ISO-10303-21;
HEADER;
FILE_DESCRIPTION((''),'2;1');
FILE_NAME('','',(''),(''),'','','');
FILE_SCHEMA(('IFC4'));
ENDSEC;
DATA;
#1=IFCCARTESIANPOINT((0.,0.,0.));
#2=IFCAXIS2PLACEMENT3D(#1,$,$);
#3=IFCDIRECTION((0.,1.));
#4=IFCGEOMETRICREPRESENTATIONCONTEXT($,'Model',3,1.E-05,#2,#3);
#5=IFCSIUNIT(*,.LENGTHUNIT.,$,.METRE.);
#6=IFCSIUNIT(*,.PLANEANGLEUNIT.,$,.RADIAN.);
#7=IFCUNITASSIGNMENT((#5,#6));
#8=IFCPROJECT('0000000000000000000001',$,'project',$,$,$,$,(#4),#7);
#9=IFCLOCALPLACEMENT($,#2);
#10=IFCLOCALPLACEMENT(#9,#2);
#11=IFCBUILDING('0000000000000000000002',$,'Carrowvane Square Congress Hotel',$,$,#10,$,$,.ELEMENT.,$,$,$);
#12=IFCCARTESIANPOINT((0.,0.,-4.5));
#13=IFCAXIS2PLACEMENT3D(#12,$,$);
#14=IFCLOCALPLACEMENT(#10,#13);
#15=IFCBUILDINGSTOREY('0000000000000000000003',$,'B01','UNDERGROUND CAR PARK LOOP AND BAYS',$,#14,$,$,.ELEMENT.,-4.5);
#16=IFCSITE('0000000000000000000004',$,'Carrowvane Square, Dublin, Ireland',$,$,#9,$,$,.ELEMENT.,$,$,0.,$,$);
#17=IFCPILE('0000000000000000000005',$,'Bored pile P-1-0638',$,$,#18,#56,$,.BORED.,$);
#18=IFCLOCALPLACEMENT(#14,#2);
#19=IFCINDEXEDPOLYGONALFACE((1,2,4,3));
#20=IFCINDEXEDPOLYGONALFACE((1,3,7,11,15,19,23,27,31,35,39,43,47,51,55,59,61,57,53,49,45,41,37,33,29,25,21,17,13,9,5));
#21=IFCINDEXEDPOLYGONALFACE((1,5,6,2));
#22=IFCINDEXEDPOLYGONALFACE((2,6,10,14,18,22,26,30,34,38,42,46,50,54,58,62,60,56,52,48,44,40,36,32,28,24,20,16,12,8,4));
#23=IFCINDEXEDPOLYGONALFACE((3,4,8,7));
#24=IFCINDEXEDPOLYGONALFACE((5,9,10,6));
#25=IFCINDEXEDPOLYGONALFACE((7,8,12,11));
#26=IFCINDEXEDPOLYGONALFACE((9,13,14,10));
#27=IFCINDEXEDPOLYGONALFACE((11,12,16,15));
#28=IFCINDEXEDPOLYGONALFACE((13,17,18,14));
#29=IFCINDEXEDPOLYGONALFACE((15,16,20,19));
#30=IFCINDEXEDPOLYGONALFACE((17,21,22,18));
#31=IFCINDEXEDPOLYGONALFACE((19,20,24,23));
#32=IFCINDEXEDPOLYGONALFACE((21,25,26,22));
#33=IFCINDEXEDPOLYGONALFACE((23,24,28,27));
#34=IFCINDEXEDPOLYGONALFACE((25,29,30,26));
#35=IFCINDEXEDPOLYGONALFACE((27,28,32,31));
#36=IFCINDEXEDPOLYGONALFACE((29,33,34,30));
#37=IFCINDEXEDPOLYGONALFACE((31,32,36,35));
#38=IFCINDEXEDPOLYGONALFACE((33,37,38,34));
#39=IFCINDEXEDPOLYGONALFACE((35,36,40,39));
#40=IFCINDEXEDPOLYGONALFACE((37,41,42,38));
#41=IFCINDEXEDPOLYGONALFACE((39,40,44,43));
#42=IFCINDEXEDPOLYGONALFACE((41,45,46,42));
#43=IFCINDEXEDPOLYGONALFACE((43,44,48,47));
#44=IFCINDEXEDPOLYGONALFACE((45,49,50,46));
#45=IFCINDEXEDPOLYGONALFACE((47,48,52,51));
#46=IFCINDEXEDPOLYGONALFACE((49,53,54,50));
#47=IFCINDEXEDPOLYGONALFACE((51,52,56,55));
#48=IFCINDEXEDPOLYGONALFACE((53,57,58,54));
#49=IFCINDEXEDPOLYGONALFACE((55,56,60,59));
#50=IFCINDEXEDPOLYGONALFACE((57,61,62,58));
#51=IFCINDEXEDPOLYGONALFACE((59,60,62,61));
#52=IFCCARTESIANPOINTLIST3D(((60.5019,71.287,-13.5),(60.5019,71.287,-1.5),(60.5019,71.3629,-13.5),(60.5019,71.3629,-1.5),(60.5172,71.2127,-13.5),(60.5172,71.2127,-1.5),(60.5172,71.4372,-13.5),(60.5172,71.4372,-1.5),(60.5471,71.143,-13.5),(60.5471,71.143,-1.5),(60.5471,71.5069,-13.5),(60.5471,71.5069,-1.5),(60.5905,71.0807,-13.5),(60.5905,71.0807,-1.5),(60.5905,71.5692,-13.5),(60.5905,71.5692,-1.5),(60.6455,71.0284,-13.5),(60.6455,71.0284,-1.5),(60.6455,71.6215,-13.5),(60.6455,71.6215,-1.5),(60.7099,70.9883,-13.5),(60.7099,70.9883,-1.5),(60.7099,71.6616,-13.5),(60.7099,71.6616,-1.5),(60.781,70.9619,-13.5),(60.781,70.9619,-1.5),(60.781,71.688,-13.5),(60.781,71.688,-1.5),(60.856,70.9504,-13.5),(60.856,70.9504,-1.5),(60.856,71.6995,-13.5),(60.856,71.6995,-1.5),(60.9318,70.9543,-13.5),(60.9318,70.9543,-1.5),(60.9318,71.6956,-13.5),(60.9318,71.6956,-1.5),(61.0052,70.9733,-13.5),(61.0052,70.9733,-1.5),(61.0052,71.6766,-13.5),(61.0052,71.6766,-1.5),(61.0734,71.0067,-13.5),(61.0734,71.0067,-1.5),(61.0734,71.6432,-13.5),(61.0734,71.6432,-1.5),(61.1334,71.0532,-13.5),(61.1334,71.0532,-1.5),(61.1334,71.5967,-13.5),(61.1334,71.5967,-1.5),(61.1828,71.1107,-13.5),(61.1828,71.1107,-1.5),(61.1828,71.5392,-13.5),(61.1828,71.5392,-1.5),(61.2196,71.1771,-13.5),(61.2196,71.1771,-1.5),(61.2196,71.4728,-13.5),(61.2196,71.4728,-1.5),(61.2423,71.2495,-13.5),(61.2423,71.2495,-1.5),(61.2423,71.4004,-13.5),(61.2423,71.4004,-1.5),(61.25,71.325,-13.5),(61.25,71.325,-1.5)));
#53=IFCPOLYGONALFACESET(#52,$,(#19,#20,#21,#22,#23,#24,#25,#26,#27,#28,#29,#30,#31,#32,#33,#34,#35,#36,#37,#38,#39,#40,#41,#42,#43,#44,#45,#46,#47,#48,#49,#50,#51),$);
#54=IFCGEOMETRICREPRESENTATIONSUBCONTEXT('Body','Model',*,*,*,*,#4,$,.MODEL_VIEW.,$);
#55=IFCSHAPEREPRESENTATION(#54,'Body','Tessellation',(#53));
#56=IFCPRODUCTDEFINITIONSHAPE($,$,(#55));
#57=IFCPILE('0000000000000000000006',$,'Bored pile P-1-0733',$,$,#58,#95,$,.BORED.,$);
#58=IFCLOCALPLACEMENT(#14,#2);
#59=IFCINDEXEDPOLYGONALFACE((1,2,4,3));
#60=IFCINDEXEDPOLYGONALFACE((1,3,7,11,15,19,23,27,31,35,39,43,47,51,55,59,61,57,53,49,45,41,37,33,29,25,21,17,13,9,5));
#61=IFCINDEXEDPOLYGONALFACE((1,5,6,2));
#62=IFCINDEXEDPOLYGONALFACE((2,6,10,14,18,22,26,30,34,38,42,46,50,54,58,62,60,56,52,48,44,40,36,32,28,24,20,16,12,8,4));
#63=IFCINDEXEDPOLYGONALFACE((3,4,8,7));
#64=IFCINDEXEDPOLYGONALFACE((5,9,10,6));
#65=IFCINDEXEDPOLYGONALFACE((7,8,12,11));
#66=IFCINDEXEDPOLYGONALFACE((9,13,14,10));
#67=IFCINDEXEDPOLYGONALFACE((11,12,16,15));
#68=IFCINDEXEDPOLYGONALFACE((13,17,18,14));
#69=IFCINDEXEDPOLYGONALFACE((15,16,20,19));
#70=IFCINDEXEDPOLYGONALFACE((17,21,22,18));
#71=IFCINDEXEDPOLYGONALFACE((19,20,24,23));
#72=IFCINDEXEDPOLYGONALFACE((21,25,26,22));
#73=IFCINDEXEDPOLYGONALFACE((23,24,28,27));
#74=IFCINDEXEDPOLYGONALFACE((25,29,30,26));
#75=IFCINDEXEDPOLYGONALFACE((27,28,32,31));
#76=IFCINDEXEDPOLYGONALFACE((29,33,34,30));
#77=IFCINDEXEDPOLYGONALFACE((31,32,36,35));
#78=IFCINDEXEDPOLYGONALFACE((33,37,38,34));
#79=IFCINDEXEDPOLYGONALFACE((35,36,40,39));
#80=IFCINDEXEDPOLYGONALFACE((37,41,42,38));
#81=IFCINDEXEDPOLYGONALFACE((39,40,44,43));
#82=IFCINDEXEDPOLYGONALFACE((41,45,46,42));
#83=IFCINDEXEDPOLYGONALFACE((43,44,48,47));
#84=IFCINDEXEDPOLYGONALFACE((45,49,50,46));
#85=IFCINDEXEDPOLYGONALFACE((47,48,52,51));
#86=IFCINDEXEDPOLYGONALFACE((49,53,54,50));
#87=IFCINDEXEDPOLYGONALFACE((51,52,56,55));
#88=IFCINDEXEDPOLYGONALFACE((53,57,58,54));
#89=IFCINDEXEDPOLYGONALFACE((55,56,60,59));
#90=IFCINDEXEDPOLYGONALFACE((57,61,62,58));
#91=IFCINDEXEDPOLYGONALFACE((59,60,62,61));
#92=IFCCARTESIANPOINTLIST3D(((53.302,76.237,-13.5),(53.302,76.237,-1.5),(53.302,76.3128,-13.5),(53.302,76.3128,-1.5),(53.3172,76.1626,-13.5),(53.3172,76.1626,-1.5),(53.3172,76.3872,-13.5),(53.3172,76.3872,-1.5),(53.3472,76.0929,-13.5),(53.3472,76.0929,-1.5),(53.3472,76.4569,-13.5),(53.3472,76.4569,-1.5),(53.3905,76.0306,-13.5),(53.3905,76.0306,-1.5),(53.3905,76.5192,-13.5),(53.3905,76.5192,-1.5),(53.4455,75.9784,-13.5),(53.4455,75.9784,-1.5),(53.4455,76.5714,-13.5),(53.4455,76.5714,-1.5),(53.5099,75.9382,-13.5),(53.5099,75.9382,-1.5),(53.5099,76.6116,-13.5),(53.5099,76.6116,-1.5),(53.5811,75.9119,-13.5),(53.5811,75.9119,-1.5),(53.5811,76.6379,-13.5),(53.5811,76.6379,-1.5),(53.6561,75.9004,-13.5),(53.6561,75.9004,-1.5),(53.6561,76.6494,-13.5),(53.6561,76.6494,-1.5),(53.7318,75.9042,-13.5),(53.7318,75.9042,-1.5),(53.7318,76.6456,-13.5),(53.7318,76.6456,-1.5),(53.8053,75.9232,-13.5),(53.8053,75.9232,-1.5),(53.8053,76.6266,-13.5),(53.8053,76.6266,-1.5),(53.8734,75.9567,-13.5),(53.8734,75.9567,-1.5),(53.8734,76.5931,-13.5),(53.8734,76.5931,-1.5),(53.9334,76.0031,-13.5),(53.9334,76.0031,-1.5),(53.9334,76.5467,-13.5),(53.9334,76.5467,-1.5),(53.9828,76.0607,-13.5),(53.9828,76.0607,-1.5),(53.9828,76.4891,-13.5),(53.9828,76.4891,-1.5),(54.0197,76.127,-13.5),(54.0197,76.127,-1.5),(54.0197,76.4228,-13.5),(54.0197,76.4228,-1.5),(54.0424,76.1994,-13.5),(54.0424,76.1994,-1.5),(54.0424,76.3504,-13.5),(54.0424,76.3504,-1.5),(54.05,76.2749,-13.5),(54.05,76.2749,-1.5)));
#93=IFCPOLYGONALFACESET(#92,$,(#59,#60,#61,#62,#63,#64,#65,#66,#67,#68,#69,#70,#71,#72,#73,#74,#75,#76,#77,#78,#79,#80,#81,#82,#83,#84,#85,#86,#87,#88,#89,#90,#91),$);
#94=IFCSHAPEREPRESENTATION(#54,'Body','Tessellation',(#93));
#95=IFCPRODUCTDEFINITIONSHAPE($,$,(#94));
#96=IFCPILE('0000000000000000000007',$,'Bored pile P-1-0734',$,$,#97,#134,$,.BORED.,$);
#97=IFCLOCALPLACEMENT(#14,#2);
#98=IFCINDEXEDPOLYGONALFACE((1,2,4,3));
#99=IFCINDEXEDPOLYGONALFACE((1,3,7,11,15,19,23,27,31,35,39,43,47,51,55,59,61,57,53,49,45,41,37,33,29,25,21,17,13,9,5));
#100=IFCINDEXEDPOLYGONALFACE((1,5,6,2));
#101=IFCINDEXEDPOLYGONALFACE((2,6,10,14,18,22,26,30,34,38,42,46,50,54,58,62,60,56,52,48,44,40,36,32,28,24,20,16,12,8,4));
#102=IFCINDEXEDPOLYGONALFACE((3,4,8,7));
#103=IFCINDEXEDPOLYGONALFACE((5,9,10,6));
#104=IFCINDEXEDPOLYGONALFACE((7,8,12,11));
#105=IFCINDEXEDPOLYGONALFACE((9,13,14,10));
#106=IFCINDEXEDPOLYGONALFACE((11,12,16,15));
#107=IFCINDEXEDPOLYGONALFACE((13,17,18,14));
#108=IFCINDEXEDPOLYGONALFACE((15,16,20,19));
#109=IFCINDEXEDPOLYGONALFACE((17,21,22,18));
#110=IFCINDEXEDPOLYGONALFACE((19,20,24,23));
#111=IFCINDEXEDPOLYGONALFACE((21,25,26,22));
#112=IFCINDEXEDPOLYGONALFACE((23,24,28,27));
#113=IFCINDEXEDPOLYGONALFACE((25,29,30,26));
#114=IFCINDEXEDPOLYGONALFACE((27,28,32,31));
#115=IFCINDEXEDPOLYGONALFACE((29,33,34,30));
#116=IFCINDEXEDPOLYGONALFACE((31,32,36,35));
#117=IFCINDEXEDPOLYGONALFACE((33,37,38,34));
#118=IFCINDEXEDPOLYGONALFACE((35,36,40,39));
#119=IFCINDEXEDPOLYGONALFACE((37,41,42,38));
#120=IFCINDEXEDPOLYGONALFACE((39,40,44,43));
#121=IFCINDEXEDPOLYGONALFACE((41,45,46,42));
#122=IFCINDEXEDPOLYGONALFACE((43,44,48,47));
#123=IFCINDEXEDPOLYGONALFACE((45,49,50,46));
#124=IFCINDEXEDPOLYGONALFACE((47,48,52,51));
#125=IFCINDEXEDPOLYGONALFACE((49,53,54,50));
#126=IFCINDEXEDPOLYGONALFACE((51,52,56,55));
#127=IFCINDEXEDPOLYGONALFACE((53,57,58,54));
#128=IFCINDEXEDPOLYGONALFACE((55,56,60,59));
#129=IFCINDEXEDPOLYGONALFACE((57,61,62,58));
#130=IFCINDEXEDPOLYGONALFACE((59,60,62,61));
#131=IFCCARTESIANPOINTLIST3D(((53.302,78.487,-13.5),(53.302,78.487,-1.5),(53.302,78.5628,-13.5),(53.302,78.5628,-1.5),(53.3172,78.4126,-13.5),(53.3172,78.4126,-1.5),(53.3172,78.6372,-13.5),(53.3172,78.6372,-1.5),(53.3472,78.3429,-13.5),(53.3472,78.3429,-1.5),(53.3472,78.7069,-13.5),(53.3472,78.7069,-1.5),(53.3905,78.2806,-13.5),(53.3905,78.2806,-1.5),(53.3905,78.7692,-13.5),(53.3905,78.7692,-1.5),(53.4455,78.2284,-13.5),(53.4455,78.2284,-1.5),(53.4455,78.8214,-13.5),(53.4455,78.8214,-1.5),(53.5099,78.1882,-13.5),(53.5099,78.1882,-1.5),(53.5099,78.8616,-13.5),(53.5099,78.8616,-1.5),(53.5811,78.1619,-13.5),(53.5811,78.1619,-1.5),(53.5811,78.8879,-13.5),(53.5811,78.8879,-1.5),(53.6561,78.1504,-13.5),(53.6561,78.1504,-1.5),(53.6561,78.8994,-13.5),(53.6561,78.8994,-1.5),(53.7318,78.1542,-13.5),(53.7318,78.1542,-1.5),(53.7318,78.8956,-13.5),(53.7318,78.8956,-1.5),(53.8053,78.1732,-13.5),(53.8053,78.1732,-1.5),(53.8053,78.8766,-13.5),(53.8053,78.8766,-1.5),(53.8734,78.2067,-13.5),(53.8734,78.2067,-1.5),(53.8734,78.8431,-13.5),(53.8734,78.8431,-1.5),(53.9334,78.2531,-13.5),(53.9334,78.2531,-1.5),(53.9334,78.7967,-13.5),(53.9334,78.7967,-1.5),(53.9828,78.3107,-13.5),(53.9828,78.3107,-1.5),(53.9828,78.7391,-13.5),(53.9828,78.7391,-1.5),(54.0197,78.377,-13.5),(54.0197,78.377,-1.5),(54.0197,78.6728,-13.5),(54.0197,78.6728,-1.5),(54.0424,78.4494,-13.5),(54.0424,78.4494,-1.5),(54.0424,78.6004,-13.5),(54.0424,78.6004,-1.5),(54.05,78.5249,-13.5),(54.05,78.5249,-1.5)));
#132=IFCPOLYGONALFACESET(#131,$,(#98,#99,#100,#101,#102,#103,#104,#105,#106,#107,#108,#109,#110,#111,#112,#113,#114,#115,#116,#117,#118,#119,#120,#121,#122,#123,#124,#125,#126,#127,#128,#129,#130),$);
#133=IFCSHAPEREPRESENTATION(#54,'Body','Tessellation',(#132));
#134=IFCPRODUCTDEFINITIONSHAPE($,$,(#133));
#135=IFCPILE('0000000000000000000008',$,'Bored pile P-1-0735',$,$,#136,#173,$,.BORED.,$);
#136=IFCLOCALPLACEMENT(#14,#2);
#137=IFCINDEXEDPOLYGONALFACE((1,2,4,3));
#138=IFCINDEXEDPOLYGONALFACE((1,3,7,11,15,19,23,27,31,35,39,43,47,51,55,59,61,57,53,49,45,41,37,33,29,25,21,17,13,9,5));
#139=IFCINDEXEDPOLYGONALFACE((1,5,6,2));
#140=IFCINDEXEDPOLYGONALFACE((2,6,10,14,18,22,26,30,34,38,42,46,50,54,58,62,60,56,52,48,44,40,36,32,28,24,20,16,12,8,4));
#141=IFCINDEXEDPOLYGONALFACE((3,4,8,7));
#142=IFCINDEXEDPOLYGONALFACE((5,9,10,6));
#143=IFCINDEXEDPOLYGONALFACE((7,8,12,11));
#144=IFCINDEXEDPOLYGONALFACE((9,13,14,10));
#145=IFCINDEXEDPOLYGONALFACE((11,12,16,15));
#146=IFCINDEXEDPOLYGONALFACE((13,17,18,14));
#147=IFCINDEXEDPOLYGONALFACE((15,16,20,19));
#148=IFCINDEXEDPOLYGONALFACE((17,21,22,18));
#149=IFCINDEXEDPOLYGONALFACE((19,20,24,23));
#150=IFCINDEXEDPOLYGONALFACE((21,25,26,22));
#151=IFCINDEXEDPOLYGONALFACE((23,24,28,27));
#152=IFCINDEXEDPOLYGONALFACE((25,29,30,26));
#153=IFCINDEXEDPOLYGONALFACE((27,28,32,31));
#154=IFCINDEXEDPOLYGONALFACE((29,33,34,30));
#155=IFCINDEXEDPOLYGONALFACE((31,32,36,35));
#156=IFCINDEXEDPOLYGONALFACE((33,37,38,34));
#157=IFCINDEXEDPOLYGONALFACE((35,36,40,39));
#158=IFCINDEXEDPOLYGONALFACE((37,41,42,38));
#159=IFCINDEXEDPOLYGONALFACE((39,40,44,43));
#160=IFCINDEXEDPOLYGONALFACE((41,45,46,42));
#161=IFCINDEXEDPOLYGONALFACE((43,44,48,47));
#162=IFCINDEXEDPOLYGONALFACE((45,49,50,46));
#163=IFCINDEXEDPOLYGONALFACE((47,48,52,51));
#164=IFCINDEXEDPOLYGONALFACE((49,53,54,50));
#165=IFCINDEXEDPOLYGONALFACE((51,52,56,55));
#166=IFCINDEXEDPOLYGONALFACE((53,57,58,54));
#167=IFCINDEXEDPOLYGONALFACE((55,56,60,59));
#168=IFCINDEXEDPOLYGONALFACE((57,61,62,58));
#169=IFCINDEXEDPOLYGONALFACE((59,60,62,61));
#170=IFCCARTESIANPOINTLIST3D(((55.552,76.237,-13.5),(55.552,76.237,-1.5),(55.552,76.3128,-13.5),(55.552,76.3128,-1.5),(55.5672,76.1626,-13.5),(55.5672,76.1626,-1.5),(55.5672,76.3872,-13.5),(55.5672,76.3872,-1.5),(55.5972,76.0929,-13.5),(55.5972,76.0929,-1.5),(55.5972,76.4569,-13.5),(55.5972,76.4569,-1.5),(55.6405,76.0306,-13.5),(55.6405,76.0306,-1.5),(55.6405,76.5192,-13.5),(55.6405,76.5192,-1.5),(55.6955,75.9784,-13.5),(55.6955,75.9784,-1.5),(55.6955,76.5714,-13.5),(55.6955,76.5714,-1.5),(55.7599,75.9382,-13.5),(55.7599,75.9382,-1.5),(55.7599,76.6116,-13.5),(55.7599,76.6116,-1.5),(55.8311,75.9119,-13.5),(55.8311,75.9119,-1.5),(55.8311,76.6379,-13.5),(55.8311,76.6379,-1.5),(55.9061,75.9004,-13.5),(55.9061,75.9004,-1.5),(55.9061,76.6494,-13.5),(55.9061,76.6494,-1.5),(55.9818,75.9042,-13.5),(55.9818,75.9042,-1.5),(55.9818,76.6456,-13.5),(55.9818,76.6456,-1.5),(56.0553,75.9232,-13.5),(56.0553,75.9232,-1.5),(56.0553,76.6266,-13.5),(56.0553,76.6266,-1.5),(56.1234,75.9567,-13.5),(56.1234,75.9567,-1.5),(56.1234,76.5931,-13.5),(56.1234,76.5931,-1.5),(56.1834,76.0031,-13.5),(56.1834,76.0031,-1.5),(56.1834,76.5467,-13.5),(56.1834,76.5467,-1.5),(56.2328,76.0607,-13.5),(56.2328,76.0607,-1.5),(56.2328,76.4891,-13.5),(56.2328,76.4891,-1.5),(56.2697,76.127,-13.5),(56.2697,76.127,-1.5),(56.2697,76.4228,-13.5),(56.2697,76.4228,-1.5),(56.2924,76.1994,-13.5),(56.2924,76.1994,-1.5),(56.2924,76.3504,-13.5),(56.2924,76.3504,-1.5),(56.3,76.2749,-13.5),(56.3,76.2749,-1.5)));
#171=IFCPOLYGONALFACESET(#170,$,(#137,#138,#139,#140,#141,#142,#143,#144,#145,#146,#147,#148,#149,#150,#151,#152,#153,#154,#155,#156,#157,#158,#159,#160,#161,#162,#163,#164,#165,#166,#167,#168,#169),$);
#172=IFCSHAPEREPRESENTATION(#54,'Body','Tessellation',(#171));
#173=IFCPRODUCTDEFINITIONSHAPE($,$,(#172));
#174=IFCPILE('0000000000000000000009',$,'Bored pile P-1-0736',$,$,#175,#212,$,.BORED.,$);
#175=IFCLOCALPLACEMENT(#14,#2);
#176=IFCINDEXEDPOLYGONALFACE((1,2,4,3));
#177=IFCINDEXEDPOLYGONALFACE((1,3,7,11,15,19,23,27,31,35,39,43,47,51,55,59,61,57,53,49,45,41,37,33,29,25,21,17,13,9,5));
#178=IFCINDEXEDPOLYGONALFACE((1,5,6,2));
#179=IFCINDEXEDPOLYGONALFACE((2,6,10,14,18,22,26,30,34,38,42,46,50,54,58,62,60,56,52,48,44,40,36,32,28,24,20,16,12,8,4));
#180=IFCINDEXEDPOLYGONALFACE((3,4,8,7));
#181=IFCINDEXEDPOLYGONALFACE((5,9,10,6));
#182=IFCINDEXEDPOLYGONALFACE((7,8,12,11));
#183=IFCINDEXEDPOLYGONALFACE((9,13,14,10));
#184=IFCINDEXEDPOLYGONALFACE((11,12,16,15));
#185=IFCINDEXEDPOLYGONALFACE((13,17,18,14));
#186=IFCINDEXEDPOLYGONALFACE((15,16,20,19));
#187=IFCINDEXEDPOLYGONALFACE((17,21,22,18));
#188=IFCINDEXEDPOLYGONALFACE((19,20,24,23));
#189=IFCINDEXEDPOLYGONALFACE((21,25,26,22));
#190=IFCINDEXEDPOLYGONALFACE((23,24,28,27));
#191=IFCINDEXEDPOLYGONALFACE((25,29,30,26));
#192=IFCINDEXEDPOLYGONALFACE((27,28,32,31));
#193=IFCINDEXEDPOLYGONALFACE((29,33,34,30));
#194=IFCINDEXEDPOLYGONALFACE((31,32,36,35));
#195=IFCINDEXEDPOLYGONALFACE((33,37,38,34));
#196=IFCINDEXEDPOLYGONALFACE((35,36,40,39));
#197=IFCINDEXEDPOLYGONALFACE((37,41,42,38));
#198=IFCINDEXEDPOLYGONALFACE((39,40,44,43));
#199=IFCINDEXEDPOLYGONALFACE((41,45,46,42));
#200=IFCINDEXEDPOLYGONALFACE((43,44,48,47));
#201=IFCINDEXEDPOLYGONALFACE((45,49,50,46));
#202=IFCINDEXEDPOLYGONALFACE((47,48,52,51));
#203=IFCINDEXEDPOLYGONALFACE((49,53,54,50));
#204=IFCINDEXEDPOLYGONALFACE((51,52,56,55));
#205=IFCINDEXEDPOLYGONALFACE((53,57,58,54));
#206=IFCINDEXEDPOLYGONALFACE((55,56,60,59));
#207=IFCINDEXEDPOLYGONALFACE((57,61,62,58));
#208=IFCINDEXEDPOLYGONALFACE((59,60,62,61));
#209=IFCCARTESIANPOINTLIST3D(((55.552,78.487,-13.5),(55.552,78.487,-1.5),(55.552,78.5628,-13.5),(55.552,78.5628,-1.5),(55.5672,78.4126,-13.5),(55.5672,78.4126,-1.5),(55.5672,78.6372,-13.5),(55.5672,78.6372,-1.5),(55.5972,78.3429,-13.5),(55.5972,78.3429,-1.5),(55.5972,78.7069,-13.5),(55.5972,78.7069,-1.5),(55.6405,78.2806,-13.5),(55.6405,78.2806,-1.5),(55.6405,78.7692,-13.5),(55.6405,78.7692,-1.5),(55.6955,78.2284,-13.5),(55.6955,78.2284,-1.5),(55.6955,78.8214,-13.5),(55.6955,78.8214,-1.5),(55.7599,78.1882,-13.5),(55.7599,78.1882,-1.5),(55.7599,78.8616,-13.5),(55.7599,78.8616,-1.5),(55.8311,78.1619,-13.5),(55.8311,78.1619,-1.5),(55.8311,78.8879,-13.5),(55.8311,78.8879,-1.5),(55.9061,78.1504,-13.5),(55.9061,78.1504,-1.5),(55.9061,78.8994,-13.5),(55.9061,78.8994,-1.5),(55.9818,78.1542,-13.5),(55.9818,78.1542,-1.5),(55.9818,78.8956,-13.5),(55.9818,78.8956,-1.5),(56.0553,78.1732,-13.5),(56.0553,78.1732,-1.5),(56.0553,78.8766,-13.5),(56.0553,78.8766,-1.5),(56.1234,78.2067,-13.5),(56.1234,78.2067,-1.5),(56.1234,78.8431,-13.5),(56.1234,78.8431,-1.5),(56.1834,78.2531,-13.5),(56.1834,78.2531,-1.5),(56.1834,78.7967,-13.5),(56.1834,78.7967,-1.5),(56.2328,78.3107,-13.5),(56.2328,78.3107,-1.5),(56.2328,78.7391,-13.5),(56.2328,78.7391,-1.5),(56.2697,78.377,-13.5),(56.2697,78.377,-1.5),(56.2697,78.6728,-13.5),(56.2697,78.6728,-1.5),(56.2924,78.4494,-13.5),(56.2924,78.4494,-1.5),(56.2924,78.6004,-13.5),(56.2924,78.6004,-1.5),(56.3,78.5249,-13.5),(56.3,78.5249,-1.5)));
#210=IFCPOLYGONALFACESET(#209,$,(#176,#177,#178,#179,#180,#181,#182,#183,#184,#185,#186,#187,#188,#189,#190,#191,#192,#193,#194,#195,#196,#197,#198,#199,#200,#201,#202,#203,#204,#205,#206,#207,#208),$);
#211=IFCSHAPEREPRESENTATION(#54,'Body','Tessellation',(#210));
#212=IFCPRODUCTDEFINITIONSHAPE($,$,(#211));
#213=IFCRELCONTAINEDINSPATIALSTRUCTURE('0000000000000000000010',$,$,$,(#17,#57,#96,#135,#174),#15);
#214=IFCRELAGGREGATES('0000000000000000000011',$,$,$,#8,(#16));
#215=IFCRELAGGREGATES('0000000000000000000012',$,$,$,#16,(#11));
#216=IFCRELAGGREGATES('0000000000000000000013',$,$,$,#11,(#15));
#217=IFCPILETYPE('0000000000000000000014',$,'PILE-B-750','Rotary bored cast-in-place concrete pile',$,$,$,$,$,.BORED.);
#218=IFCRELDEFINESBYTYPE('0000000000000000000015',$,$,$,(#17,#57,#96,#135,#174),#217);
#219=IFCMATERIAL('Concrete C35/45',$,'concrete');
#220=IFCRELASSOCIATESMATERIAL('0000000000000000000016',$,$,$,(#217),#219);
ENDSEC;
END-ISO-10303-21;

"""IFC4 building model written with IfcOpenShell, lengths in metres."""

from ifc_helpers import new_model, si_unit, direction, frame, origin, origin_2d, place, context, subcontext, project, spatial, circle, extrude, material, material_profile, profile_set, type_object, element, save


model = new_model("IFC4")

# Units and contexts
model_context = context("Model", 3, precision=1e-05, world=origin(), true_north=direction((0.0, 1.0)))
body_context = subcontext(model_context, "Body", "Model", "MODEL_VIEW")
ifc_project = project(units=[si_unit("LENGTHUNIT", "METRE"), si_unit("PLANEANGLEUNIT", "RADIAN")], contexts=[model_context])

# Site, building, storey
site_placement = place(None, origin())
site = spatial("IfcSite", under=ifc_project, at=site_placement, Name="Carrowvane Square, Dublin, Ireland", CompositionType="ELEMENT", RefElevation=0.0)
building_placement = place(site_placement, origin())
building = spatial("IfcBuilding", under=site, at=building_placement, Name="Carrowvane Square Congress Hotel", CompositionType="ELEMENT")
storey_placement = place(building_placement, frame((0.0, 0.0, -4.5)))
storey = spatial("IfcBuildingStorey", under=building, at=storey_placement, Name="B01", Description="UNDERGROUND CAR PARK LOOP AND BAYS", CompositionType="ELEMENT", Elevation=-4.5)

# Piles
ifc_material_1 = material(Name="Concrete C35/45", Category="concrete")
ifc_material_profile_1 = material_profile(ifc_material_1, circle(Radius=0.375, at=origin_2d()), Name="PILE D750")
ifc_profile_set_1 = profile_set([ifc_material_profile_1], Name="Concrete C35/45")
pile_type = type_object("IfcPileType", Name="PILE-B-750", Description="Rotary bored cast-in-place concrete pile", PredefinedType="BORED", material=ifc_profile_set_1)
for number, where, z_axis, x_axis, name in (
    (1, (60.875, 71.325, -1.5), (0.0, 0.0, -1.0), (1.0, 0.0, 0.0), "Bored pile P-1-0638"),
    (2, (53.675, 76.2749, -1.5), (0.0, 0.0, -1.0), (1.0, 0.0, 0.0), "Bored pile P-1-0733"),
    (3, (53.675, 78.5249, -1.5), (0.0, 0.0, -1.0), (1.0, 0.0, 0.0), "Bored pile P-1-0734"),
    (4, (55.925, 76.2749, -1.5), (0.0, 0.0, -1.0), (1.0, 0.0, 0.0), "Bored pile P-1-0735"),
    (5, (55.925, 78.5249, -1.5), (0.0, 0.0, -1.0), (1.0, 0.0, 0.0), "Bored pile P-1-0736"),
):
    element("IfcPile", number, at=place(storey_placement, frame(where, z_axis=z_axis, x_axis=x_axis)), inside=storey, type_object=pile_type, Name=name, PredefinedType="BORED", context=body_context, shape_type="SweptSolid", body=[
        extrude(circle(Radius=0.375, at=origin_2d()), origin(), (0.0, 0.0, 1.0), 12.0),
    ])

save(model, "model.ifc")
